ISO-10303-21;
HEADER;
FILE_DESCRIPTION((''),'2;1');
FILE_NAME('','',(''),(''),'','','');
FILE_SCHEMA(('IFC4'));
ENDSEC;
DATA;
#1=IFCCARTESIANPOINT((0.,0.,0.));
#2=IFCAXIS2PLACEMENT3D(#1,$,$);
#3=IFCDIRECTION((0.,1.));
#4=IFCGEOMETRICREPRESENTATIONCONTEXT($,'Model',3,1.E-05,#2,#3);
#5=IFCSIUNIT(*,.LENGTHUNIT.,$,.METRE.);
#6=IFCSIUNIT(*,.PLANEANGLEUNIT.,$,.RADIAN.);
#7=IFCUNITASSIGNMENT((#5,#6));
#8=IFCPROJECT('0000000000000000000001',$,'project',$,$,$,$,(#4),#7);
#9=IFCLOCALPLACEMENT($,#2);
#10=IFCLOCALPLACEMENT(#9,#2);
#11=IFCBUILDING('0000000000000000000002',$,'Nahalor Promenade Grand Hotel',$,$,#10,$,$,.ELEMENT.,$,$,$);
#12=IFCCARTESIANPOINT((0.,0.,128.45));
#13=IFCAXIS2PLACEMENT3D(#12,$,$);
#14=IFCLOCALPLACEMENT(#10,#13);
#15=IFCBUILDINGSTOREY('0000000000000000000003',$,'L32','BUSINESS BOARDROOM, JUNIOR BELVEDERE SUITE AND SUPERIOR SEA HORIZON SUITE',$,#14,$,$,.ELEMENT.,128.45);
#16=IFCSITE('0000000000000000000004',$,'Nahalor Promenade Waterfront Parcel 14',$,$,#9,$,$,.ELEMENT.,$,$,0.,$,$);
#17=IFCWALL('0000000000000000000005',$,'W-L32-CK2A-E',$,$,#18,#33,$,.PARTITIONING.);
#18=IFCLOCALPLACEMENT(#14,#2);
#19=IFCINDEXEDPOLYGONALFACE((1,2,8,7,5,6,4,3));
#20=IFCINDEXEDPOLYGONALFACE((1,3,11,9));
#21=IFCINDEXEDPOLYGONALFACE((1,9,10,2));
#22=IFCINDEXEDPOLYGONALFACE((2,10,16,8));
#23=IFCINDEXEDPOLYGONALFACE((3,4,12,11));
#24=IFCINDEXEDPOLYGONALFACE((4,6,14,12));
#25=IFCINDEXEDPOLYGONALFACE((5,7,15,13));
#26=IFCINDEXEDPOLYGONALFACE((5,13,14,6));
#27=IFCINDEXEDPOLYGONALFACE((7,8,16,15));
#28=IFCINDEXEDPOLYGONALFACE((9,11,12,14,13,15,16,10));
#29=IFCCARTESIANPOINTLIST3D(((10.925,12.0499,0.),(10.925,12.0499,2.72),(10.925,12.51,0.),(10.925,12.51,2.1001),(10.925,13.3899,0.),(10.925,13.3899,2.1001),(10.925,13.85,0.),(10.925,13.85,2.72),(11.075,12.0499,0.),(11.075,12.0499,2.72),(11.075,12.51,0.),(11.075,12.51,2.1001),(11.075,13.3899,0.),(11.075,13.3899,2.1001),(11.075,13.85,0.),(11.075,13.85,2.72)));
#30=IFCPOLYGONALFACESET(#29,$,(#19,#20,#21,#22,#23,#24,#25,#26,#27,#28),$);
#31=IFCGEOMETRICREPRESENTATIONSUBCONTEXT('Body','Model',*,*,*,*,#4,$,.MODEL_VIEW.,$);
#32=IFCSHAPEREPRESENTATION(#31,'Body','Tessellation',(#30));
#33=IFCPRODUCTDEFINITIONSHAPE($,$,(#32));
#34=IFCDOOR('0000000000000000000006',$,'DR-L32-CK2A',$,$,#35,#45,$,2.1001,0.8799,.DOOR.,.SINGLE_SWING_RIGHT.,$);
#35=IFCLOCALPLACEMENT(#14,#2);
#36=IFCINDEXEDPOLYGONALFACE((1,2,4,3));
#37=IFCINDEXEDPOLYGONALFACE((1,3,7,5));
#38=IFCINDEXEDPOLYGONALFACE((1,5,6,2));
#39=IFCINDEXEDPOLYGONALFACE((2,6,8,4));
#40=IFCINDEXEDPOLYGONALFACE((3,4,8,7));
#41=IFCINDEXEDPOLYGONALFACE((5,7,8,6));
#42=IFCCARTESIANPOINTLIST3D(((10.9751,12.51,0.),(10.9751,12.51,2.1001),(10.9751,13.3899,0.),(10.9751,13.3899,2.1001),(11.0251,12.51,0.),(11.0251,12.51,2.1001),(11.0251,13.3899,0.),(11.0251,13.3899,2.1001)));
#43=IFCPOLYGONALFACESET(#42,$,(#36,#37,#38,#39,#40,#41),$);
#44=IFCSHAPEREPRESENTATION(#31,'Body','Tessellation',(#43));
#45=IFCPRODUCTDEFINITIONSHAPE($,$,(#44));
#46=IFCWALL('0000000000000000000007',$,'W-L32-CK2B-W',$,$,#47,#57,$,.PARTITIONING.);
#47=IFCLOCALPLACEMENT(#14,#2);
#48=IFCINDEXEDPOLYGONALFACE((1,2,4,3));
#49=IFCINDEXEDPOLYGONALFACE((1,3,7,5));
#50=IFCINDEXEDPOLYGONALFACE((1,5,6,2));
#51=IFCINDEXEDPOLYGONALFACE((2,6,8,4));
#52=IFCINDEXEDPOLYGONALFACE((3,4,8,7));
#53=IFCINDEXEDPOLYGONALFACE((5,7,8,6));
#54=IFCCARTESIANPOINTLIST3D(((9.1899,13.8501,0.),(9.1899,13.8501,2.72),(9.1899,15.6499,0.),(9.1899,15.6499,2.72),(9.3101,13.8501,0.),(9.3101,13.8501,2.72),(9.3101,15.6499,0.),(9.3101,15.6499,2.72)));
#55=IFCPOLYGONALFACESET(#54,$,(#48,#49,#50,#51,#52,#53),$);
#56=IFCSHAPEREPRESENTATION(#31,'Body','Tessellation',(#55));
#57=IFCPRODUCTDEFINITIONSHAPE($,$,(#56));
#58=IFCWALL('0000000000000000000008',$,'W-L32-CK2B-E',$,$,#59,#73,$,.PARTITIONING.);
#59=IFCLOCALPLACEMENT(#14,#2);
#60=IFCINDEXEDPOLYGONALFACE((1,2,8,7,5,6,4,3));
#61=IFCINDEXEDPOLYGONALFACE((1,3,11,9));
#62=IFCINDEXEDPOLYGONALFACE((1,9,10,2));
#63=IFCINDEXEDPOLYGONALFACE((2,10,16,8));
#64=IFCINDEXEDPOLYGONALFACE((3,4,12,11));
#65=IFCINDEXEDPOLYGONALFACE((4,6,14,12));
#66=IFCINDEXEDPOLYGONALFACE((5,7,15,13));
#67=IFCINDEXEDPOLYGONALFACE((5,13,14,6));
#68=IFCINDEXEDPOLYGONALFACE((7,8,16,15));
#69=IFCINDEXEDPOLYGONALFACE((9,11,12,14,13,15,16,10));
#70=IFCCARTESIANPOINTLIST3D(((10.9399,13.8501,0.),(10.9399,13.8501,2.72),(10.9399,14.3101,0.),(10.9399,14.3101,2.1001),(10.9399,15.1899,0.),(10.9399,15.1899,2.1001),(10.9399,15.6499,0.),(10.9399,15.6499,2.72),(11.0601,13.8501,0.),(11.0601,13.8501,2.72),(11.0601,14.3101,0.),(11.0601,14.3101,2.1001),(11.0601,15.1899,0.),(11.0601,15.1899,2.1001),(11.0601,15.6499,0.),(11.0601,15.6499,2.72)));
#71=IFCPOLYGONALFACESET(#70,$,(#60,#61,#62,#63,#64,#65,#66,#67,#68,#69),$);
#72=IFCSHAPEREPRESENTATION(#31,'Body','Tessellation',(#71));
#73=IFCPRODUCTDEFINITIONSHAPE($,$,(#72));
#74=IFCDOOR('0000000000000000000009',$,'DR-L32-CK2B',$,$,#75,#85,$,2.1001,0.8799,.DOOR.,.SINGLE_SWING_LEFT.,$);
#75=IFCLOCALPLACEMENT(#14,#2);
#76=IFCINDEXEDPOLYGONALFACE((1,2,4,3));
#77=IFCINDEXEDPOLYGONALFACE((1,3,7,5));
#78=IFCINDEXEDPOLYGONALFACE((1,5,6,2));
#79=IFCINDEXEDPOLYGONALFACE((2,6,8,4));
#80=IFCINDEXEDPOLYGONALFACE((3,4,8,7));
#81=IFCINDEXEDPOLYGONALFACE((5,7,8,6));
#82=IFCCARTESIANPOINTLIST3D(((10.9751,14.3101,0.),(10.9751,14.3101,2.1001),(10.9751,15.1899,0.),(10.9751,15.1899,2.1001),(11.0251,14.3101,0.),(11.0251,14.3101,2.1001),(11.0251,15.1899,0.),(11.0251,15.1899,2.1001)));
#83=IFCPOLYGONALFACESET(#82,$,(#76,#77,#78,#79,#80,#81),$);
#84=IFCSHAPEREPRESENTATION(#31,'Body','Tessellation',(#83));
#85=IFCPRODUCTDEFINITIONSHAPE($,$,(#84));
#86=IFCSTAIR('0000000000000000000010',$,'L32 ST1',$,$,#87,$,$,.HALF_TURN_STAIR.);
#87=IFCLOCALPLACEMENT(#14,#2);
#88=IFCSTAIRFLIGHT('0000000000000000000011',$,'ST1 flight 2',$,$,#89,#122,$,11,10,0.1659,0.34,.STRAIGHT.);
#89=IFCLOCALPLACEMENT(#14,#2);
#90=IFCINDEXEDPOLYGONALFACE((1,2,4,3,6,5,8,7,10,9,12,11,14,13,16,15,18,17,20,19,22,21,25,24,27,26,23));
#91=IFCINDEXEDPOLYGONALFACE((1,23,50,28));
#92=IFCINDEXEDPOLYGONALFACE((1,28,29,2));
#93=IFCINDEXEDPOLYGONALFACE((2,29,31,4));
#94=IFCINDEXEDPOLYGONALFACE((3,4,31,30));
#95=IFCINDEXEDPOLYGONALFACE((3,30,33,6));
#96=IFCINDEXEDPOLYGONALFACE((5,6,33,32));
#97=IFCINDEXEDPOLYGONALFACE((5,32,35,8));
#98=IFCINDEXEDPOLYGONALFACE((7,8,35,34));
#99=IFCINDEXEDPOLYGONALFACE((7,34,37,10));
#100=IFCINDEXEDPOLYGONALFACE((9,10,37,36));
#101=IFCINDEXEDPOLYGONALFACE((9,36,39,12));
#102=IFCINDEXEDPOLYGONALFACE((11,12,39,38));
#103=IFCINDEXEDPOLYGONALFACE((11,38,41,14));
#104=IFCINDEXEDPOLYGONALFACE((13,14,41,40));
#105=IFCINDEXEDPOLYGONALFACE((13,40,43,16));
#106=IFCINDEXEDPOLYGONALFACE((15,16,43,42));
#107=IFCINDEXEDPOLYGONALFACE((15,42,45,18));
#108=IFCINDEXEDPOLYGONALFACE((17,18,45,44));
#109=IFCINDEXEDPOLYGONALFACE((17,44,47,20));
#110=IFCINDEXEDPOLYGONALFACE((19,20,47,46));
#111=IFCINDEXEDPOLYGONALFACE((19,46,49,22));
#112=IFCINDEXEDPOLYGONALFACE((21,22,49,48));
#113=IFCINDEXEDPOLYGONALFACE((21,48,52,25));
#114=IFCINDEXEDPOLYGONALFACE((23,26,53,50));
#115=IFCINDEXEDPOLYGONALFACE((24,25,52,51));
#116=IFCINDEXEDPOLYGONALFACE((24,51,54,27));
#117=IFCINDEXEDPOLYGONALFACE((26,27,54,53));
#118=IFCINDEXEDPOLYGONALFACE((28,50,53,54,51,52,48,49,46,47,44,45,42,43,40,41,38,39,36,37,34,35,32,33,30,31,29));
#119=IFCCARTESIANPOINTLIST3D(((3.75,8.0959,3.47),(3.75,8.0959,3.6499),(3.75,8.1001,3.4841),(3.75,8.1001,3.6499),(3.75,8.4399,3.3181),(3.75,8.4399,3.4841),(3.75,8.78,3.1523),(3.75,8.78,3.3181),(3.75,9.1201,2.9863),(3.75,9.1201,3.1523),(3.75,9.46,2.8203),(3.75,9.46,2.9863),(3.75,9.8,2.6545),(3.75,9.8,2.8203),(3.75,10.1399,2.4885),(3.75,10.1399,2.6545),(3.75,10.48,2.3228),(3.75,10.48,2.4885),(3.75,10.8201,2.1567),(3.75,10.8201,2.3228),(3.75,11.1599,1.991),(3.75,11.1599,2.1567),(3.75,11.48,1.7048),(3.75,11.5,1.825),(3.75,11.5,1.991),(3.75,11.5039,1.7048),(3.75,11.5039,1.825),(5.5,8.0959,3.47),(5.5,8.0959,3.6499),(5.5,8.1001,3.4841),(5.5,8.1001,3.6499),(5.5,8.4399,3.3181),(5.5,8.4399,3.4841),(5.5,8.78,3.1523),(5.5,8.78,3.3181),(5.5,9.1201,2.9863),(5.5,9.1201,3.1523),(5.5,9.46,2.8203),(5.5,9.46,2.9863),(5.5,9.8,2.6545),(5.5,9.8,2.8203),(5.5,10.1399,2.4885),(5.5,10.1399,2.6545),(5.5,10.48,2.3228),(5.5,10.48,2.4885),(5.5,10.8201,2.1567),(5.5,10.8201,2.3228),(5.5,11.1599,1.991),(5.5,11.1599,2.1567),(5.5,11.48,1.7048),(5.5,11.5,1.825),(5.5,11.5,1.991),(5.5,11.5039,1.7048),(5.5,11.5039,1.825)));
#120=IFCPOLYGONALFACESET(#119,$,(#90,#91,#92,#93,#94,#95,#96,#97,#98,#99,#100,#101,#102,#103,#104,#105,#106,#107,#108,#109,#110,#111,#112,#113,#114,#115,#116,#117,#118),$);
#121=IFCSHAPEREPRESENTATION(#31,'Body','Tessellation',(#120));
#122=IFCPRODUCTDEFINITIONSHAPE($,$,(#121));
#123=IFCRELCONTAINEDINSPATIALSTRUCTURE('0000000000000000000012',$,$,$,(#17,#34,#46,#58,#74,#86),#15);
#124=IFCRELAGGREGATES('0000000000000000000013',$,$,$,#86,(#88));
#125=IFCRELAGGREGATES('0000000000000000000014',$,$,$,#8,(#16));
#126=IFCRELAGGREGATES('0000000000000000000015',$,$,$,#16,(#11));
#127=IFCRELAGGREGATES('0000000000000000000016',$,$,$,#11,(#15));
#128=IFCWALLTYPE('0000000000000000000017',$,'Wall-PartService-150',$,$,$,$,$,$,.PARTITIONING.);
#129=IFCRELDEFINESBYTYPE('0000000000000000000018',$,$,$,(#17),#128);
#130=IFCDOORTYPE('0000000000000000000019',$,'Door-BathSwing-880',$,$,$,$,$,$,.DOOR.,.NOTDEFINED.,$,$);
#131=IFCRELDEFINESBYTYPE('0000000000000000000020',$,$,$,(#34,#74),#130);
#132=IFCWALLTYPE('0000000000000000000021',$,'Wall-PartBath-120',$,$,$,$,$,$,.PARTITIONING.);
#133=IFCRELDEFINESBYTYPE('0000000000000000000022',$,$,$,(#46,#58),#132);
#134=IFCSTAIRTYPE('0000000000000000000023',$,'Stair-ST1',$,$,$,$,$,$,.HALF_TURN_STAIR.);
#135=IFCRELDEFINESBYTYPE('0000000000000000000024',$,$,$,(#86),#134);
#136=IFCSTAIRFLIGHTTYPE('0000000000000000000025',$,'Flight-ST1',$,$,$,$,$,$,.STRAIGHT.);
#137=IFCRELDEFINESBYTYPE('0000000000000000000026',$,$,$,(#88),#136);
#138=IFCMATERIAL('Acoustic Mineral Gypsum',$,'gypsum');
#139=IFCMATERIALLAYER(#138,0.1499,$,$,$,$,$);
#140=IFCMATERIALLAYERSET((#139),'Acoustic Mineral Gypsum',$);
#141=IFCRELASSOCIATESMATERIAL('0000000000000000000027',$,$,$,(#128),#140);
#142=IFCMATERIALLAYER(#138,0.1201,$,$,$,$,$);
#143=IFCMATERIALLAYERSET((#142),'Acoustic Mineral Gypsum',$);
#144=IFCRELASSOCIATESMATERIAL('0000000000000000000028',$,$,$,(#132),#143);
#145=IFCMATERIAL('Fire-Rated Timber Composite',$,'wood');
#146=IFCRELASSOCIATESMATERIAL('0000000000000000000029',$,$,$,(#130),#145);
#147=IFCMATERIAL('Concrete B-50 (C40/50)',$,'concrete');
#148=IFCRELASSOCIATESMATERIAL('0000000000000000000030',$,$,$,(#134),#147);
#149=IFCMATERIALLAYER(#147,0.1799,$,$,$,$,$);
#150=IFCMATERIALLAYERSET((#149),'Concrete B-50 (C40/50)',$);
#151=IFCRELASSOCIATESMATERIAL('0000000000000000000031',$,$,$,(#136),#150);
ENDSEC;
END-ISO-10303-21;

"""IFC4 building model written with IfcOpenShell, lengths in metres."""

from ifc_helpers import new_model, si_unit, direction, frame, frame_2d, origin, place, context, subcontext, project, spatial, polyline, rectangle, outline, extrude, source, transform, mapped, material, layer, layer_set, type_object, element, fill, aggregate, save


model = new_model("IFC4")

# Units and contexts
model_context = context("Model", 3, precision=1e-05, world=origin(), true_north=direction((0.0, 1.0)))
body_context = subcontext(model_context, "Body", "Model", "MODEL_VIEW")
ifc_project = project(units=[si_unit("LENGTHUNIT", "METRE"), si_unit("PLANEANGLEUNIT", "RADIAN")], contexts=[model_context])

# Site, building, storey
site_placement = place(None, origin())
site = spatial("IfcSite", under=ifc_project, at=site_placement, Name="Nahalor Promenade Waterfront Parcel 14", CompositionType="ELEMENT", RefElevation=0.0)
building_placement = place(site_placement, origin())
building = spatial("IfcBuilding", under=site, at=building_placement, Name="Nahalor Promenade Grand Hotel", CompositionType="ELEMENT")
storey_placement = place(building_placement, frame((0.0, 0.0, 128.45)))
storey = spatial("IfcBuildingStorey", under=building, at=storey_placement, Name="L32", Description="BUSINESS BOARDROOM, JUNIOR BELVEDERE SUITE AND SUPERIOR SEA HORIZON SUITE", CompositionType="ELEMENT", Elevation=128.45)

# Shared definitions
ifc_material_1 = material(Name="Concrete B-50 (C40/50)", Category="concrete")
ifc_material_2 = material(Name="Acoustic Mineral Gypsum", Category="gypsum")
ifc_layer_1 = layer(ifc_material_2, 0.1499)
ifc_layer_set_1 = layer_set([ifc_layer_1], Name="Acoustic Mineral Gypsum")
wall_type_1 = type_object("IfcWallType", Name="Wall-PartService-150", PredefinedType="PARTITIONING", material=ifc_layer_set_1)
ifc_layer_2 = layer(ifc_material_2, 0.1201)
ifc_layer_set_2 = layer_set([ifc_layer_2], Name="Acoustic Mineral Gypsum")
wall_type_2 = type_object("IfcWallType", Name="Wall-PartBath-120", PredefinedType="PARTITIONING", material=ifc_layer_set_2)
shared_shape_1 = source(origin(), body_context, "Body", "SweptSolid", [
    extrude(rectangle(XDim=1.8, YDim=0.1499, at=frame_2d((0.8999, 0.0))), origin(), (0.0, 0.0, 1.0), 2.72),
])

# Wall, opening, door
wall_1_placement = place(storey_placement, frame((11.0, 12.05, 0.0), z_axis=(0.0, 0.0, 1.0), x_axis=(0.0, 1.0, 0.0)))
wall_1 = element("IfcWall", 1, at=wall_1_placement, inside=storey, type_object=wall_type_1, Name="W-L32-CK2A-E", PredefinedType="PARTITIONING", context=body_context, shape_type="MappedRepresentation", body=[
    mapped(shared_shape_1, transform((0.0, 0.0, 0.0), scale=1.0)),
])
opening_1_placement = place(wall_1_placement, frame((0.46, 0.0, 0.0)))
opening_1 = element("IfcOpeningElement", 2, at=opening_1_placement, cuts=wall_1, PredefinedType="OPENING", context=body_context, shape_type="SweptSolid", body=[
    extrude(rectangle(XDim=0.8799, YDim=2.1001, at=frame_2d((0.4399, 1.05))), frame((0.0, 0.085, 0.0), z_axis=(0.0, -1.0, 0.0), x_axis=(1.0, 0.0, 0.0)), (0.0, 0.0, 1.0), 0.1699),
])
ifc_material_3 = material(Name="Fire-Rated Timber Composite", Category="wood")
door_type = type_object("IfcDoorType", Name="Door-BathSwing-880", OperationType="NOTDEFINED", PredefinedType="DOOR", material=ifc_material_3)
shared_shape_2 = source(origin(), body_context, "Body", "SweptSolid", [
    extrude(rectangle(XDim=0.8799, YDim=2.1001, at=frame_2d((0.4399, 1.05))), frame((0.0, 0.0249, 0.0), z_axis=(0.0, -1.0, 0.0), x_axis=(1.0, 0.0, 0.0)), (0.0, 0.0, 1.0), 0.05),
])
door_1_placement = place(opening_1_placement, origin())
door_1 = element("IfcDoor", 3, at=door_1_placement, inside=storey, type_object=door_type, Name="DR-L32-CK2A", OperationType="SINGLE_SWING_RIGHT", OverallHeight=2.1001, OverallWidth=0.8799, PredefinedType="DOOR", context=body_context, shape_type="MappedRepresentation", body=[
    mapped(shared_shape_2, transform((0.0, 0.0, 0.0), scale=1.0)),
])
fill(opening_1, door_1)

# Wall
shared_shape_3 = source(origin(), body_context, "Body", "SweptSolid", [
    extrude(rectangle(XDim=1.7998, YDim=0.1201, at=frame_2d((0.8999, 0.0))), origin(), (0.0, 0.0, 1.0), 2.72),
])
wall_2_placement = place(storey_placement, frame((9.25, 13.8501, 0.0), z_axis=(0.0, 0.0, 1.0), x_axis=(0.0, 1.0, 0.0)))
element("IfcWall", 4, at=wall_2_placement, inside=storey, type_object=wall_type_2, Name="W-L32-CK2B-W", PredefinedType="PARTITIONING", context=body_context, shape_type="MappedRepresentation", body=[
    mapped(shared_shape_3, transform((0.0, 0.0, 0.0), scale=1.0)),
])

# Wall, opening, door
wall_3_placement = place(storey_placement, frame((11.0, 13.8501, 0.0), z_axis=(0.0, 0.0, 1.0), x_axis=(0.0, 1.0, 0.0)))
wall_3 = element("IfcWall", 5, at=wall_3_placement, inside=storey, type_object=wall_type_2, Name="W-L32-CK2B-E", PredefinedType="PARTITIONING", context=body_context, shape_type="MappedRepresentation", body=[
    mapped(shared_shape_3, transform((0.0, 0.0, 0.0), scale=1.0)),
])
opening_2_placement = place(wall_3_placement, frame((0.46, 0.0, 0.0)))
opening_2 = element("IfcOpeningElement", 6, at=opening_2_placement, cuts=wall_3, PredefinedType="OPENING", context=body_context, shape_type="SweptSolid", body=[
    extrude(rectangle(XDim=0.8799, YDim=2.1001, at=frame_2d((0.4399, 1.05))), frame((0.0, 0.0701, 0.0), z_axis=(0.0, -1.0, 0.0), x_axis=(1.0, 0.0, 0.0)), (0.0, 0.0, 1.0), 0.1401),
])
door_2_placement = place(opening_2_placement, origin())
door_2 = element("IfcDoor", 7, at=door_2_placement, inside=storey, type_object=door_type, Name="DR-L32-CK2B", OperationType="SINGLE_SWING_LEFT", OverallHeight=2.1001, OverallWidth=0.8799, PredefinedType="DOOR", context=body_context, shape_type="MappedRepresentation", body=[
    mapped(shared_shape_2, transform((0.0, 0.0, 0.0), scale=1.0)),
])
fill(opening_2, door_2)

# Stair, stair flight
stair_type = type_object("IfcStairType", Name="Stair-ST1", PredefinedType="HALF_TURN_STAIR", material=ifc_material_1)
stair_placement = place(storey_placement, origin())
stair = element("IfcStair", 8, at=stair_placement, inside=storey, type_object=stair_type, Name="L32 ST1", PredefinedType="HALF_TURN_STAIR")
ifc_layer_3 = layer(ifc_material_1, 0.1799)
ifc_layer_set_3 = layer_set([ifc_layer_3], Name="Concrete B-50 (C40/50)")
stair_flight_type = type_object("IfcStairFlightType", Name="Flight-ST1", PredefinedType="STRAIGHT", material=ifc_layer_set_3)
shared_shape_4 = source(origin(), body_context, "Body", "SweptSolid", [
    extrude(outline(polyline([(-0.0039, -0.1201), (-0.0039, 0.0), (0.0, 0.0), (0.0, 0.166), (0.3401, 0.166), (0.3401, 0.3318), (0.6799, 0.3318), (0.6799, 0.4978), (1.02, 0.4978), (1.02, 0.6636), (1.3601, 0.6636), (1.3601, 0.8296), (1.7, 0.8296), (1.7, 0.9954), (2.04, 0.9954), (2.04, 1.1614), (2.3799, 1.1614), (2.3799, 1.3274), (2.72, 1.3274), (2.72, 1.4932), (3.0601, 1.4932), (3.0601, 1.6592), (3.3999, 1.6592), (3.3999, 1.825), (3.4041, 1.825), (3.4041, 1.645), (0.02, -0.1201), (-0.0039, -0.1201)])), frame((0.0, 0.875, 0.0), z_axis=(0.0, -1.0, 0.0), x_axis=(1.0, 0.0, 0.0)), (0.0, 0.0, 1.0), 1.75),
])
stair_flight_placement = place(storey_placement, frame((4.625, 11.5, 1.825), z_axis=(0.0, 0.0, 1.0), x_axis=(0.0, -1.0, 0.0)))
stair_flight = element("IfcStairFlight", 9, at=stair_flight_placement, type_object=stair_flight_type, Name="ST1 flight 2", NumberOfRisers=11, NumberOfTreads=10, PredefinedType="STRAIGHT", RiserHeight=0.1659, TreadLength=0.34, context=body_context, shape_type="MappedRepresentation", body=[
    mapped(shared_shape_4, transform((0.0, 0.0, 0.0), scale=1.0)),
])
aggregate(stair, [stair_flight])

save(model, "model.ifc")
